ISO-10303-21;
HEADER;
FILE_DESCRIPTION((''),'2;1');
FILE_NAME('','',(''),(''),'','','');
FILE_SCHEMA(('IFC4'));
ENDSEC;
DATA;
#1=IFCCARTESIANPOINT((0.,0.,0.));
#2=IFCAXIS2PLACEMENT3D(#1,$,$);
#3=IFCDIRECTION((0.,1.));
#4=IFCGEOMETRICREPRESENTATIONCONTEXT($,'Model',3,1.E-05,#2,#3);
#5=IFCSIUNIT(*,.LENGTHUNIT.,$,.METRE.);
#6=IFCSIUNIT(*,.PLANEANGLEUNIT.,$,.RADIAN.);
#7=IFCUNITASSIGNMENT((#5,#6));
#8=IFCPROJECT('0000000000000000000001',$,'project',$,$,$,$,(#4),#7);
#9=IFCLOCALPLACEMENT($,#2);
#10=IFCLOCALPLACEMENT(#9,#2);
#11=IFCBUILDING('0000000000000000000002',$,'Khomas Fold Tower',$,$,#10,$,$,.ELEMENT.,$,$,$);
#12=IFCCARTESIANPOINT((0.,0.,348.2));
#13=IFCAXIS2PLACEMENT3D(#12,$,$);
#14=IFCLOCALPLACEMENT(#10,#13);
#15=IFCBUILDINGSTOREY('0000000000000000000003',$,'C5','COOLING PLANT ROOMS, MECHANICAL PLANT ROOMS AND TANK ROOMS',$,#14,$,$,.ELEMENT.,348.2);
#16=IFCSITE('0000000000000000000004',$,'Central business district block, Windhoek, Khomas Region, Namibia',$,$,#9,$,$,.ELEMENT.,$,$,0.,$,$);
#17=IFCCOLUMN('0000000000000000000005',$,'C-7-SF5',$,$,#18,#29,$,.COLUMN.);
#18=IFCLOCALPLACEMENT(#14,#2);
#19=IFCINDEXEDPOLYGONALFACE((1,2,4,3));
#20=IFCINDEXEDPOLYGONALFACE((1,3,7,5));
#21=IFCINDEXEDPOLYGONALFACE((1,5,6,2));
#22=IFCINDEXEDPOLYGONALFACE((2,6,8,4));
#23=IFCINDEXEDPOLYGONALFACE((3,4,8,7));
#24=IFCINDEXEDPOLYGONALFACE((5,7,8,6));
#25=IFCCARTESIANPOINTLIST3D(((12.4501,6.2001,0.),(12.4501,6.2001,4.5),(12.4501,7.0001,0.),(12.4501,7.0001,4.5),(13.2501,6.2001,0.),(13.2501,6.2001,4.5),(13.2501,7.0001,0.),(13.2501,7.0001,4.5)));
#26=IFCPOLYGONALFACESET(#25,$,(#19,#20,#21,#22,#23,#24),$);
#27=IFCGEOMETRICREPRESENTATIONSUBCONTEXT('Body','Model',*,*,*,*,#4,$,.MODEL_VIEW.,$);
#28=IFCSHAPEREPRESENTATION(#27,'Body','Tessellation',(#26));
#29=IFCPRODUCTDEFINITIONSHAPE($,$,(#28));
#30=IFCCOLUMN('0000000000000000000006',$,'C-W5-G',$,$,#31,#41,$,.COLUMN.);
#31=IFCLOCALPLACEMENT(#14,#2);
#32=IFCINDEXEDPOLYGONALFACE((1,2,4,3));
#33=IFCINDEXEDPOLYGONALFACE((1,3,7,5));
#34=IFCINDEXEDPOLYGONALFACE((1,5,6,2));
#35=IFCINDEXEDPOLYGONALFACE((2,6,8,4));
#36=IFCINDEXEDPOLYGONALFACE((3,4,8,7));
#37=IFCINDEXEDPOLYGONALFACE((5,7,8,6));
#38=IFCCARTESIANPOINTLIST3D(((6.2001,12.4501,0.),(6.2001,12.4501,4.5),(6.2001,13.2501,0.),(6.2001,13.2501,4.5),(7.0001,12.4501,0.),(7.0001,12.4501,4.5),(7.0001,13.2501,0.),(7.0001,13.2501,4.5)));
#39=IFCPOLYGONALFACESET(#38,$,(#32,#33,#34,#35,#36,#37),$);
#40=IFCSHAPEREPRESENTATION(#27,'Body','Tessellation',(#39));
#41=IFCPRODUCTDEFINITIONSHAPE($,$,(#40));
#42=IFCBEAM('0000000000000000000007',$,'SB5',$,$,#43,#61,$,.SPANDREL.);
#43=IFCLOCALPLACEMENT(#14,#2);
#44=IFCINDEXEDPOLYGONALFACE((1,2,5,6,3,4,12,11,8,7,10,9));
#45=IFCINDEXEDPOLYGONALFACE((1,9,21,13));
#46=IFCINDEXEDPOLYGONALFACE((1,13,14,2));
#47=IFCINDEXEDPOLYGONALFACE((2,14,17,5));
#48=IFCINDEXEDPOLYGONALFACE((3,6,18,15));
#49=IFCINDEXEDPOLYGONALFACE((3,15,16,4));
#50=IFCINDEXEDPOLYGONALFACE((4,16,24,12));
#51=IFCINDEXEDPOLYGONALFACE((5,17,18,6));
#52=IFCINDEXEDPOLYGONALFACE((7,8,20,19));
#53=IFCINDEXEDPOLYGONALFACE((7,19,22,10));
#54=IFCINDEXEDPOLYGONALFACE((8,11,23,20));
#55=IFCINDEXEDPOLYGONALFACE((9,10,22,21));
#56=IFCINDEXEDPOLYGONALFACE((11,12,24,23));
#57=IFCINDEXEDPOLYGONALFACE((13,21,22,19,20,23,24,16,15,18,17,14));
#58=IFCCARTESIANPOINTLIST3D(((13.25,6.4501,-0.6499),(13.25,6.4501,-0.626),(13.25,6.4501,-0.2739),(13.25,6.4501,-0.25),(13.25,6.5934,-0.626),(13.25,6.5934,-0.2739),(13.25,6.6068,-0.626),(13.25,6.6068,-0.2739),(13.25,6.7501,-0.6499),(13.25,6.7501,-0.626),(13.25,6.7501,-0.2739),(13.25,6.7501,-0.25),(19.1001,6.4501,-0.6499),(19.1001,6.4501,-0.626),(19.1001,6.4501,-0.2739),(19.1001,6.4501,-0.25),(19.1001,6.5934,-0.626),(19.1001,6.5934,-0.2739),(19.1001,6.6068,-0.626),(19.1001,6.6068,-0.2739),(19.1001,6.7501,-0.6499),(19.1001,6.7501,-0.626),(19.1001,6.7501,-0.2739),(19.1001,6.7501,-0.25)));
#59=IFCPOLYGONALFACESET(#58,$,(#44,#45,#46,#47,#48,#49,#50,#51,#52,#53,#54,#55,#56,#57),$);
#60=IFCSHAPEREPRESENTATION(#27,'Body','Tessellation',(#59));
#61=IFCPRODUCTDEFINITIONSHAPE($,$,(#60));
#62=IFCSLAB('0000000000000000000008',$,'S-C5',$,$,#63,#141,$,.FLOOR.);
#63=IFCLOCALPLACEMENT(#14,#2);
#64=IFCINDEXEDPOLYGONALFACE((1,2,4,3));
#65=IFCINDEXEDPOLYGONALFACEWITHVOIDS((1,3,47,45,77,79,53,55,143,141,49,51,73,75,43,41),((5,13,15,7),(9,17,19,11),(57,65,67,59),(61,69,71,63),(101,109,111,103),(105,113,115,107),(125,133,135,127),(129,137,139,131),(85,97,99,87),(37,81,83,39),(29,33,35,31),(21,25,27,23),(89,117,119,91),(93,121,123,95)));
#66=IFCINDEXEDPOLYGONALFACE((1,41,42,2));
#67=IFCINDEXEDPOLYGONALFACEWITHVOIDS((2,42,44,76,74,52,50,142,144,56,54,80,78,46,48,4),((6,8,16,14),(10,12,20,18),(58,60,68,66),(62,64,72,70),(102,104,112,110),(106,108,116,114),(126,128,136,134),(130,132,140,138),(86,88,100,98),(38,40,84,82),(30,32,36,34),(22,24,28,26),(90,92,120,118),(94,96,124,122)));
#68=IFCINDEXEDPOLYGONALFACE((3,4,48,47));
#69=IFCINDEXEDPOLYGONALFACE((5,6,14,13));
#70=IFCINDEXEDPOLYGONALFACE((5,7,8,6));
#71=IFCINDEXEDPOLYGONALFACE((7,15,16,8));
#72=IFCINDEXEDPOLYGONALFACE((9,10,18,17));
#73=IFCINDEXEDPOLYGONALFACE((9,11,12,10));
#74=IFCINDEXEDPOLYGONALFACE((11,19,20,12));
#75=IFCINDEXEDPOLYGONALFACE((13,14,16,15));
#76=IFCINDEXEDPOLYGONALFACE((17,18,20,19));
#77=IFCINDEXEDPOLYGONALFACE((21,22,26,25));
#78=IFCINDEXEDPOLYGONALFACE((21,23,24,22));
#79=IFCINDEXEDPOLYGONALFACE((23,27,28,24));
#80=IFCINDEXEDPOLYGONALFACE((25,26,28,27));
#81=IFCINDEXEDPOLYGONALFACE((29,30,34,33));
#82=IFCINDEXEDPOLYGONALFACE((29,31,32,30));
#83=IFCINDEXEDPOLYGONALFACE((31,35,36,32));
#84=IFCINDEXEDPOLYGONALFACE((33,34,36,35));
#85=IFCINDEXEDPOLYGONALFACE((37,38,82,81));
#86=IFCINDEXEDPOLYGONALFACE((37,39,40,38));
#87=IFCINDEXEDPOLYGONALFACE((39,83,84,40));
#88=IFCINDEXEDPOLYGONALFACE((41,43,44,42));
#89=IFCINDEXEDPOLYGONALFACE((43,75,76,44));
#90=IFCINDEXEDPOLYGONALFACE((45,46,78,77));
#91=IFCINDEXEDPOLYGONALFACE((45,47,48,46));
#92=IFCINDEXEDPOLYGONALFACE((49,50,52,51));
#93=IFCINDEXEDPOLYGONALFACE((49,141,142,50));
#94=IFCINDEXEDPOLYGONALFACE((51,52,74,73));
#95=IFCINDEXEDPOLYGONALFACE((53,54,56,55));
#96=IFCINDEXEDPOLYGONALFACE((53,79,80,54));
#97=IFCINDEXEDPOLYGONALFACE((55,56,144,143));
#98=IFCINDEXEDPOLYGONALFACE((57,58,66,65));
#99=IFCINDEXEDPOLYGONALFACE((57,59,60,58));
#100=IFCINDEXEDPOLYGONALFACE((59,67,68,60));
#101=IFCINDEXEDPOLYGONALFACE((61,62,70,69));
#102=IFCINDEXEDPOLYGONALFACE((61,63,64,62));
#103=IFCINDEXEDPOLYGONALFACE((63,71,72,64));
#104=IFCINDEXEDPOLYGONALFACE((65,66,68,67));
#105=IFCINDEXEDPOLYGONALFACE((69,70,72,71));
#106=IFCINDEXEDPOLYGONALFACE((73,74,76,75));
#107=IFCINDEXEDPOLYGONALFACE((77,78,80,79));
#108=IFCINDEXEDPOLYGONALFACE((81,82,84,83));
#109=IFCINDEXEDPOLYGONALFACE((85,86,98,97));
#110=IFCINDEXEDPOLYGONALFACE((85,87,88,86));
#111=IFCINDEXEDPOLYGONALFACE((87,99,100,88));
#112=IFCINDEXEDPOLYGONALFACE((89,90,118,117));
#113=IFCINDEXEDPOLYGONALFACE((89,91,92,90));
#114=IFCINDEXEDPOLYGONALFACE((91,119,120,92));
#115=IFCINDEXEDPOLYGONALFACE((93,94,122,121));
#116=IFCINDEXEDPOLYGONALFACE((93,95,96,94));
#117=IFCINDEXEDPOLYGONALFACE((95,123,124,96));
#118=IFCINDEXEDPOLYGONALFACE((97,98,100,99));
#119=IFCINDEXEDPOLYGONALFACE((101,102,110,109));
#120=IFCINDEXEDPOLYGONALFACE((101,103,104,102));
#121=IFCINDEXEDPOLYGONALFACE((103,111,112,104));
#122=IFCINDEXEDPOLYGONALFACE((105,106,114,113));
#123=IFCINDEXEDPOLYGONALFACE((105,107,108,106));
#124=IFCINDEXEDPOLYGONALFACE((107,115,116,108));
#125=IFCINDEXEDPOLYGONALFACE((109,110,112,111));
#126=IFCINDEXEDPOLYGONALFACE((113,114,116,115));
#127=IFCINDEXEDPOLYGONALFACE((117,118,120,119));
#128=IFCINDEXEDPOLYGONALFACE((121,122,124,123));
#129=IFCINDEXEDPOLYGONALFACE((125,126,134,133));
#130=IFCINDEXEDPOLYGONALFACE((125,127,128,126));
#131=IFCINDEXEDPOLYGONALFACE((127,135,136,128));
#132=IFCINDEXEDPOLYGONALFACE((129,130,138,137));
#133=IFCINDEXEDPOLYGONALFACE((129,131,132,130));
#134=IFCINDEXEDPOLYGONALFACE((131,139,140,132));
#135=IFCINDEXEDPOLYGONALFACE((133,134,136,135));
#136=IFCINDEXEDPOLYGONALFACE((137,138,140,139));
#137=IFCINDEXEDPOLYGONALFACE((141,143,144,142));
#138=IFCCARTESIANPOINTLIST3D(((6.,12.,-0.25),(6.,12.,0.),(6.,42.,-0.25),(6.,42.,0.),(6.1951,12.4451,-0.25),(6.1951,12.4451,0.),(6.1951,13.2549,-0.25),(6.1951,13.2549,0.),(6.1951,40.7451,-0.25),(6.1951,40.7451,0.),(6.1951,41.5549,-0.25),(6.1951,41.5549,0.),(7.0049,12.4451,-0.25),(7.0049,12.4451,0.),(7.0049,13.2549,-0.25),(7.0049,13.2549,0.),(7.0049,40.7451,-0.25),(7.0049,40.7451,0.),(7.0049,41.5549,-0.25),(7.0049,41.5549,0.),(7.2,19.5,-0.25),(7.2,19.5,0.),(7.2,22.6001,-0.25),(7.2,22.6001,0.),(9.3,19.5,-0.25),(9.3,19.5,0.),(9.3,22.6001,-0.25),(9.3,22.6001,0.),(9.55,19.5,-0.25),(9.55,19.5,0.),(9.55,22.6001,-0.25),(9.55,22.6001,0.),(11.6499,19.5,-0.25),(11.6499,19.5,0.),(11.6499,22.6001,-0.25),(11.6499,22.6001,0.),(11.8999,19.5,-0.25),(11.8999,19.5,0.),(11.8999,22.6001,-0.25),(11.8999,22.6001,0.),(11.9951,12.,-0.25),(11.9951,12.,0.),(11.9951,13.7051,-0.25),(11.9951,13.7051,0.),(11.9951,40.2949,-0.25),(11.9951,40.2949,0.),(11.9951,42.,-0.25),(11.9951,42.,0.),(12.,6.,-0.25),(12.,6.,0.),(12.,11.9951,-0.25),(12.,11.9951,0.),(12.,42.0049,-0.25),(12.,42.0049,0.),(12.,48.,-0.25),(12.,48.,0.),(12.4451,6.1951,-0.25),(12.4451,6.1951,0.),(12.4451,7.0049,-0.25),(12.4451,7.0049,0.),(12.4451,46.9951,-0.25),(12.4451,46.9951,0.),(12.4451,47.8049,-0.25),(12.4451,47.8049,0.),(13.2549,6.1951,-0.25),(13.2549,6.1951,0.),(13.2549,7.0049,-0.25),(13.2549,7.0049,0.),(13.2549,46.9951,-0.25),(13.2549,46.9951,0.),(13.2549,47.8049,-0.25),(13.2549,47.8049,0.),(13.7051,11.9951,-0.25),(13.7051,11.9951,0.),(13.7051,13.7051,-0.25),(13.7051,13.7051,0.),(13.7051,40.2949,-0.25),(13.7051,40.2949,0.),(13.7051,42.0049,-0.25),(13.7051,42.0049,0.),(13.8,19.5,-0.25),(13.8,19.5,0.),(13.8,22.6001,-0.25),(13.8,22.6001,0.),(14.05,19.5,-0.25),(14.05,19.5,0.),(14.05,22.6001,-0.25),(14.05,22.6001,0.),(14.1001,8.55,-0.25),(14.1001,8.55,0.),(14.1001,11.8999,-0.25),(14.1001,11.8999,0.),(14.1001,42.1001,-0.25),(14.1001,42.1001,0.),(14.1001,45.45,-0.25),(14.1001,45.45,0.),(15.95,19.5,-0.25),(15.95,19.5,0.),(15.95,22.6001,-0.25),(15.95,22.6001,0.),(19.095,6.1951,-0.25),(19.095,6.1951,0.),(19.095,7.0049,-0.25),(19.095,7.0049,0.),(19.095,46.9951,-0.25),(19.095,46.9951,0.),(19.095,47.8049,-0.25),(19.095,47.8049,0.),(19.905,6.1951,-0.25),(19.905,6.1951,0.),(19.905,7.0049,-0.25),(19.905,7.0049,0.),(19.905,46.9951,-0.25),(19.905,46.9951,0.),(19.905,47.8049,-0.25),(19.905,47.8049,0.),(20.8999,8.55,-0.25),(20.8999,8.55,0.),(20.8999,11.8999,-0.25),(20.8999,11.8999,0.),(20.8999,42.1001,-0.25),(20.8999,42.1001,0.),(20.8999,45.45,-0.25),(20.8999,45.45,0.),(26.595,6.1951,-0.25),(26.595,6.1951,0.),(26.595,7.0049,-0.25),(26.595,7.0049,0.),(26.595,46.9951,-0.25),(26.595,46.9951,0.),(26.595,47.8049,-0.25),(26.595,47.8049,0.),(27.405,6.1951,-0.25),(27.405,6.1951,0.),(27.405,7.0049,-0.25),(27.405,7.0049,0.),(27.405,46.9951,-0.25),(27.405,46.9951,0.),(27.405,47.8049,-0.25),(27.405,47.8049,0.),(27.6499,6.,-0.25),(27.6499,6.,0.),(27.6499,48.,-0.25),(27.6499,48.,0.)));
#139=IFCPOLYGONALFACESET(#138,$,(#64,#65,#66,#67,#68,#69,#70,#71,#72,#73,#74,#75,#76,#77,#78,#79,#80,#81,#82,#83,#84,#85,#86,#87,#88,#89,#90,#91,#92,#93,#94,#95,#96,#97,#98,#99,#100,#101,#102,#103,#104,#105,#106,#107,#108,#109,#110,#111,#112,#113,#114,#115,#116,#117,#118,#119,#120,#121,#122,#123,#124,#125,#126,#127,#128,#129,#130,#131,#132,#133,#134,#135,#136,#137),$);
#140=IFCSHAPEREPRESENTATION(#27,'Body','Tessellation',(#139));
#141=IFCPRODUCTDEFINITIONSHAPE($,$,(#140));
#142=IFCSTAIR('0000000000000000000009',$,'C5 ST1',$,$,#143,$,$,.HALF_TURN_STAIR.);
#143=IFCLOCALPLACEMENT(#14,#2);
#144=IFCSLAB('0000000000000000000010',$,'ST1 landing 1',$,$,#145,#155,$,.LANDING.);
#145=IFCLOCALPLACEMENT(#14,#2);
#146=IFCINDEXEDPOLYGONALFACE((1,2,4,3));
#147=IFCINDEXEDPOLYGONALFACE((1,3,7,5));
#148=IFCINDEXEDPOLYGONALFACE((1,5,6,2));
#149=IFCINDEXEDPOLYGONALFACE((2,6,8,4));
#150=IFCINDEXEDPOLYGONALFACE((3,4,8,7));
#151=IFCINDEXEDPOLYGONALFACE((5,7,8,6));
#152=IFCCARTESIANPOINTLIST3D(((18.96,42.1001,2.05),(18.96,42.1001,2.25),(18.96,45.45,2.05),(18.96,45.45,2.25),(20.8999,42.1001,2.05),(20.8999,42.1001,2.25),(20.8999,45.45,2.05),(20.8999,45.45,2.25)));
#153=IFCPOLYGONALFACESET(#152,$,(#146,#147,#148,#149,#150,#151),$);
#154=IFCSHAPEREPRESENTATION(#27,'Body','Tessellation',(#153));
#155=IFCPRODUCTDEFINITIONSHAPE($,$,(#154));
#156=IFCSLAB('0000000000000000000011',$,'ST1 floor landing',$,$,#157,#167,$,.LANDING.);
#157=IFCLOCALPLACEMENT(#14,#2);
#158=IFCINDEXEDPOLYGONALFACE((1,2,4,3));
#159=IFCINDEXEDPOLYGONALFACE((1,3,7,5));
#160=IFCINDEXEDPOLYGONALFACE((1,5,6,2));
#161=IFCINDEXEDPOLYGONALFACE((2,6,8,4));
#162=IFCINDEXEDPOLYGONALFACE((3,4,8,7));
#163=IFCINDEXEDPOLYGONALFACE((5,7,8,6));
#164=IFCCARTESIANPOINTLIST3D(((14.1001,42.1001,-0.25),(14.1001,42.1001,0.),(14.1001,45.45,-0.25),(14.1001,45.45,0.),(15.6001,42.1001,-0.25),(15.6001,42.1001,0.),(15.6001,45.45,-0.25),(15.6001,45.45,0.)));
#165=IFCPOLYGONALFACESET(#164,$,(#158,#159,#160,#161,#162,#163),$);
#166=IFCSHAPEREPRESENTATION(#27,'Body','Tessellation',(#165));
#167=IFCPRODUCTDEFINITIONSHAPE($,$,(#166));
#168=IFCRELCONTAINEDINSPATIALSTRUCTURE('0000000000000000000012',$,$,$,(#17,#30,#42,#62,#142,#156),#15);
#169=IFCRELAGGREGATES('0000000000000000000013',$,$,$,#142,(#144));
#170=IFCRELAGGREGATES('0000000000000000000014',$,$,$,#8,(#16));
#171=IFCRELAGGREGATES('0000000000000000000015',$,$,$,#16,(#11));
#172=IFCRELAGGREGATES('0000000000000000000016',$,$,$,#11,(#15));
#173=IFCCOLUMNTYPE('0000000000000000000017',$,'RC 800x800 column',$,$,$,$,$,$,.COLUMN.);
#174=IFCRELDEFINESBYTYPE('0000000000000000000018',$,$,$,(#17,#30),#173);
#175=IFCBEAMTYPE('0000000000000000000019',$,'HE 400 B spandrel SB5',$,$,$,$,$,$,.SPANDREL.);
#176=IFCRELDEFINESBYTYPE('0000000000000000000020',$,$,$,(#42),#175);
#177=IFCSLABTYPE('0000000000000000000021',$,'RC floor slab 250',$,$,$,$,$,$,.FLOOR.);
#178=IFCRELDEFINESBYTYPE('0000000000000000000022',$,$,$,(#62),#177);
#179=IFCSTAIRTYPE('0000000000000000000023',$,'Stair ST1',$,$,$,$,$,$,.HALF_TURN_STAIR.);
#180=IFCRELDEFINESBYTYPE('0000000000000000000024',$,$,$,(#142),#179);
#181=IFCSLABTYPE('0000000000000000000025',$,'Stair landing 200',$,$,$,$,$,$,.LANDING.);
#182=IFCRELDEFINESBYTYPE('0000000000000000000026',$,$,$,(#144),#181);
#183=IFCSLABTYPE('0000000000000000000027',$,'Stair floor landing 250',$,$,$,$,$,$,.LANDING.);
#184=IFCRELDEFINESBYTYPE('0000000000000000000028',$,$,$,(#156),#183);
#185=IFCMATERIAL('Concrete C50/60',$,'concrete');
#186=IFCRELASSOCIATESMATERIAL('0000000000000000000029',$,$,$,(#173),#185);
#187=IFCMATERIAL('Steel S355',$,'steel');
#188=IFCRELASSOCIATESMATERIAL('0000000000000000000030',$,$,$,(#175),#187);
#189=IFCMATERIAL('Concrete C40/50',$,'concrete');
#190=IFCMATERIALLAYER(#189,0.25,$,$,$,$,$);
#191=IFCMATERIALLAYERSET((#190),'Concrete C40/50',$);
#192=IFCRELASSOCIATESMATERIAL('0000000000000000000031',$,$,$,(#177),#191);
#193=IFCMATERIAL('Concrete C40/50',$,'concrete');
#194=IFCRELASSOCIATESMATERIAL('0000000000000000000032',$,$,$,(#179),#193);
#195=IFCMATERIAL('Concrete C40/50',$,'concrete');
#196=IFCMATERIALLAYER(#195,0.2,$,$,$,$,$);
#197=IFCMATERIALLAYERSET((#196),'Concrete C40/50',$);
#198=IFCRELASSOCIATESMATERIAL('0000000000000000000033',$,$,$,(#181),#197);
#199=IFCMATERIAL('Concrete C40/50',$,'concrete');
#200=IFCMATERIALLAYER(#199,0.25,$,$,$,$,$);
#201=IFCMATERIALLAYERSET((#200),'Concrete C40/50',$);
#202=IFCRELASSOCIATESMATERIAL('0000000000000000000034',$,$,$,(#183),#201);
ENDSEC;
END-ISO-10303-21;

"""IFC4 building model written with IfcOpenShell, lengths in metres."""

from ifc_helpers import new_model, si_unit, direction, frame, origin, origin_2d, place, context, subcontext, project, spatial, polyline, rectangle, i_section, outline, extrude, source, transform, mapped, material, layer, layer_set, material_profile, profile_set, type_object, element, aggregate, save


model = new_model("IFC4")

# Units and contexts
model_context = context("Model", 3, precision=1e-05, world=origin(), true_north=direction((0.0, 1.0)))
body_context = subcontext(model_context, "Body", "Model", "MODEL_VIEW")
ifc_project = project(units=[si_unit("LENGTHUNIT", "METRE"), si_unit("PLANEANGLEUNIT", "RADIAN")], contexts=[model_context])

# Site, building, storey
site_placement = place(None, origin())
site = spatial("IfcSite", under=ifc_project, at=site_placement, Name="Central business district block, Windhoek, Khomas Region, Namibia", CompositionType="ELEMENT", RefElevation=0.0)
building_placement = place(site_placement, origin())
building = spatial("IfcBuilding", under=site, at=building_placement, Name="Khomas Fold Tower", CompositionType="ELEMENT")
storey_placement = place(building_placement, frame((0.0, 0.0, 348.2)))
storey = spatial("IfcBuildingStorey", under=building, at=storey_placement, Name="C5", Description="COOLING PLANT ROOMS, MECHANICAL PLANT ROOMS AND TANK ROOMS", CompositionType="ELEMENT", Elevation=348.2)

# Columns
ifc_material_1 = material(Name="Concrete C50/60", Category="concrete")
ifc_material_profile_1 = material_profile(ifc_material_1, rectangle(XDim=0.8, YDim=0.8, at=origin_2d()), Name="RC 800x800")
ifc_profile_set_1 = profile_set([ifc_material_profile_1], Name="Concrete C50/60")
column_type = type_object("IfcColumnType", Name="RC 800x800 column", PredefinedType="COLUMN", material=ifc_profile_set_1)
shared_shape_1 = source(origin(), body_context, "Body", "SweptSolid", [
    extrude(rectangle(XDim=0.8, YDim=0.8, at=origin_2d()), origin(), (0.0, 0.0, 1.0), 4.5),
])
for number, where, z_axis, x_axis, name in (
    (1, (12.8501, 6.6001, 0.0), (0.0, 0.0, 1.0), (1.0, 0.0, 0.0), "C-7-SF5"),
    (2, (6.6001, 12.8501, 0.0), (0.0, 0.0, 1.0), (1.0, 0.0, 0.0), "C-W5-G"),
):
    element("IfcColumn", number, at=place(storey_placement, frame(where, z_axis=z_axis, x_axis=x_axis)), inside=storey, type_object=column_type, Name=name, PredefinedType="COLUMN", context=body_context, shape_type="MappedRepresentation", body=[
        mapped(shared_shape_1, transform((0.0, 0.0, 0.0))),
    ])

# Beam
ifc_material_2 = material(Name="Steel S355", Category="steel")
ifc_material_profile_2 = material_profile(ifc_material_2, i_section(OverallWidth=0.3, OverallDepth=0.3999, WebThickness=0.0134, FlangeThickness=0.0239, at=origin_2d()), Name="HE 400 B")
ifc_profile_set_2 = profile_set([ifc_material_profile_2], Name="Steel S355")
beam_type = type_object("IfcBeamType", Name="HE 400 B spandrel SB5", PredefinedType="SPANDREL", material=ifc_profile_set_2)
shared_shape_2 = source(origin(), body_context, "Body", "SweptSolid", [
    extrude(i_section(OverallWidth=0.3, OverallDepth=0.3999, WebThickness=0.0134, FlangeThickness=0.0239, at=origin_2d()), origin(), (0.0, 0.0, 1.0), 5.8501),
])
beam_placement = place(storey_placement, frame((13.25, 6.6001, -0.45), z_axis=(1.0, 0.0, 0.0), x_axis=(0.0, 1.0, 0.0)))
element("IfcBeam", 3, at=beam_placement, inside=storey, type_object=beam_type, Name="SB5", PredefinedType="SPANDREL", context=body_context, shape_type="MappedRepresentation", body=[
    mapped(shared_shape_2, transform((0.0, 0.0, 0.0))),
])

# Slab
ifc_material_3 = material(Name="Concrete C40/50", Category="concrete")
ifc_layer_1 = layer(ifc_material_3, 0.25)
ifc_layer_set_1 = layer_set([ifc_layer_1], Name="Concrete C40/50")
slab_type_1 = type_object("IfcSlabType", Name="RC floor slab 250", PredefinedType="FLOOR", material=ifc_layer_set_1)
shared_shape_3 = source(origin(), body_context, "Body", "SweptSolid", [
    extrude(outline(polyline([(6.0, 12.0), (11.9951, 12.0), (11.9951, 13.7051), (13.7051, 13.7051), (13.7051, 11.9951), (12.0, 11.9951), (12.0, 6.0), (27.6499, 6.0), (27.6499, 48.0), (12.0, 48.0), (12.0, 42.0049), (13.7051, 42.0049), (13.7051, 40.2949), (11.9951, 40.2949), (11.9951, 42.0), (6.0, 42.0), (6.0, 12.0)]), holes=[polyline([(6.1951, 12.4451), (6.1951, 13.2549), (7.0049, 13.2549), (7.0049, 12.4451), (6.1951, 12.4451)]), polyline([(6.1951, 40.7451), (6.1951, 41.5549), (7.0049, 41.5549), (7.0049, 40.7451), (6.1951, 40.7451)]), polyline([(7.2, 19.5), (7.2, 22.6001), (9.3, 22.6001), (9.3, 19.5), (7.2, 19.5)]), polyline([(9.55, 19.5), (9.55, 22.6001), (11.6499, 22.6001), (11.6499, 19.5), (9.55, 19.5)]), polyline([(11.8999, 19.5), (11.8999, 22.6001), (13.8, 22.6001), (13.8, 19.5), (11.8999, 19.5)]), polyline([(12.4451, 6.1951), (12.4451, 7.0049), (13.2549, 7.0049), (13.2549, 6.1951), (12.4451, 6.1951)]), polyline([(12.4451, 46.9951), (12.4451, 47.8049), (13.2549, 47.8049), (13.2549, 46.9951), (12.4451, 46.9951)]), polyline([(14.05, 19.5), (14.05, 22.6001), (15.95, 22.6001), (15.95, 19.5), (14.05, 19.5)]), polyline([(14.1001, 8.55), (14.1001, 11.8999), (20.8999, 11.8999), (20.8999, 8.55), (14.1001, 8.55)]), polyline([(14.1001, 42.1001), (14.1001, 45.45), (20.8999, 45.45), (20.8999, 42.1001), (14.1001, 42.1001)]), polyline([(19.095, 6.1951), (19.095, 7.0049), (19.905, 7.0049), (19.905, 6.1951), (19.095, 6.1951)]), polyline([(19.095, 46.9951), (19.095, 47.8049), (19.905, 47.8049), (19.905, 46.9951), (19.095, 46.9951)]), polyline([(26.595, 6.1951), (26.595, 7.0049), (27.405, 7.0049), (27.405, 6.1951), (26.595, 6.1951)]), polyline([(26.595, 46.9951), (26.595, 47.8049), (27.405, 47.8049), (27.405, 46.9951), (26.595, 46.9951)])]), origin(), (0.0, 0.0, 1.0), 0.25),
])
slab_1_placement = place(storey_placement, frame((0.0, 0.0, -0.25)))
element("IfcSlab", 4, at=slab_1_placement, inside=storey, type_object=slab_type_1, Name="S-C5", PredefinedType="FLOOR", context=body_context, shape_type="MappedRepresentation", body=[
    mapped(shared_shape_3, transform((0.0, 0.0, 0.0))),
])

# Stair, slab
ifc_material_4 = material(Name="Concrete C40/50", Category="concrete")
stair_type_1 = type_object("IfcStairType", Name="Stair ST1", PredefinedType="HALF_TURN_STAIR", material=ifc_material_4)
stair_1_placement = place(storey_placement, origin())
stair_1 = element("IfcStair", 5, at=stair_1_placement, inside=storey, type_object=stair_type_1, Name="C5 ST1", PredefinedType="HALF_TURN_STAIR")
ifc_material_5 = material(Name="Concrete C40/50", Category="concrete")
ifc_layer_2 = layer(ifc_material_5, 0.2)
ifc_layer_set_2 = layer_set([ifc_layer_2], Name="Concrete C40/50")
slab_type_2 = type_object("IfcSlabType", Name="Stair landing 200", PredefinedType="LANDING", material=ifc_layer_set_2)
shared_shape_4 = source(origin(), body_context, "Body", "SweptSolid", [
    extrude(outline(polyline([(18.96, 42.1001), (20.8999, 42.1001), (20.8999, 45.45), (18.96, 45.45), (18.96, 42.1001)])), origin(), (0.0, 0.0, 1.0), 0.2),
])
slab_2_placement = place(storey_placement, frame((0.0, 0.0, 2.05)))
slab_2 = element("IfcSlab", 6, at=slab_2_placement, type_object=slab_type_2, Name="ST1 landing 1", PredefinedType="LANDING", context=body_context, shape_type="MappedRepresentation", body=[
    mapped(shared_shape_4, transform((0.0, 0.0, 0.0))),
])
aggregate(stair_1, [slab_2])

# Slab
ifc_material_6 = material(Name="Concrete C40/50", Category="concrete")
ifc_layer_3 = layer(ifc_material_6, 0.25)
ifc_layer_set_3 = layer_set([ifc_layer_3], Name="Concrete C40/50")
slab_type_3 = type_object("IfcSlabType", Name="Stair floor landing 250", PredefinedType="LANDING", material=ifc_layer_set_3)
shared_shape_5 = source(origin(), body_context, "Body", "SweptSolid", [
    extrude(outline(polyline([(14.1001, 45.45), (15.6001, 45.45), (15.6001, 42.1001), (14.1001, 42.1001), (14.1001, 45.45)])), origin(), (0.0, 0.0, 1.0), 0.25),
])
slab_3_placement = place(storey_placement, frame((0.0, 0.0, -0.25)))
element("IfcSlab", 7, at=slab_3_placement, inside=storey, type_object=slab_type_3, Name="ST1 floor landing", PredefinedType="LANDING", context=body_context, shape_type="MappedRepresentation", body=[
    mapped(shared_shape_5, transform((0.0, 0.0, 0.0))),
])

save(model, "model.ifc")
